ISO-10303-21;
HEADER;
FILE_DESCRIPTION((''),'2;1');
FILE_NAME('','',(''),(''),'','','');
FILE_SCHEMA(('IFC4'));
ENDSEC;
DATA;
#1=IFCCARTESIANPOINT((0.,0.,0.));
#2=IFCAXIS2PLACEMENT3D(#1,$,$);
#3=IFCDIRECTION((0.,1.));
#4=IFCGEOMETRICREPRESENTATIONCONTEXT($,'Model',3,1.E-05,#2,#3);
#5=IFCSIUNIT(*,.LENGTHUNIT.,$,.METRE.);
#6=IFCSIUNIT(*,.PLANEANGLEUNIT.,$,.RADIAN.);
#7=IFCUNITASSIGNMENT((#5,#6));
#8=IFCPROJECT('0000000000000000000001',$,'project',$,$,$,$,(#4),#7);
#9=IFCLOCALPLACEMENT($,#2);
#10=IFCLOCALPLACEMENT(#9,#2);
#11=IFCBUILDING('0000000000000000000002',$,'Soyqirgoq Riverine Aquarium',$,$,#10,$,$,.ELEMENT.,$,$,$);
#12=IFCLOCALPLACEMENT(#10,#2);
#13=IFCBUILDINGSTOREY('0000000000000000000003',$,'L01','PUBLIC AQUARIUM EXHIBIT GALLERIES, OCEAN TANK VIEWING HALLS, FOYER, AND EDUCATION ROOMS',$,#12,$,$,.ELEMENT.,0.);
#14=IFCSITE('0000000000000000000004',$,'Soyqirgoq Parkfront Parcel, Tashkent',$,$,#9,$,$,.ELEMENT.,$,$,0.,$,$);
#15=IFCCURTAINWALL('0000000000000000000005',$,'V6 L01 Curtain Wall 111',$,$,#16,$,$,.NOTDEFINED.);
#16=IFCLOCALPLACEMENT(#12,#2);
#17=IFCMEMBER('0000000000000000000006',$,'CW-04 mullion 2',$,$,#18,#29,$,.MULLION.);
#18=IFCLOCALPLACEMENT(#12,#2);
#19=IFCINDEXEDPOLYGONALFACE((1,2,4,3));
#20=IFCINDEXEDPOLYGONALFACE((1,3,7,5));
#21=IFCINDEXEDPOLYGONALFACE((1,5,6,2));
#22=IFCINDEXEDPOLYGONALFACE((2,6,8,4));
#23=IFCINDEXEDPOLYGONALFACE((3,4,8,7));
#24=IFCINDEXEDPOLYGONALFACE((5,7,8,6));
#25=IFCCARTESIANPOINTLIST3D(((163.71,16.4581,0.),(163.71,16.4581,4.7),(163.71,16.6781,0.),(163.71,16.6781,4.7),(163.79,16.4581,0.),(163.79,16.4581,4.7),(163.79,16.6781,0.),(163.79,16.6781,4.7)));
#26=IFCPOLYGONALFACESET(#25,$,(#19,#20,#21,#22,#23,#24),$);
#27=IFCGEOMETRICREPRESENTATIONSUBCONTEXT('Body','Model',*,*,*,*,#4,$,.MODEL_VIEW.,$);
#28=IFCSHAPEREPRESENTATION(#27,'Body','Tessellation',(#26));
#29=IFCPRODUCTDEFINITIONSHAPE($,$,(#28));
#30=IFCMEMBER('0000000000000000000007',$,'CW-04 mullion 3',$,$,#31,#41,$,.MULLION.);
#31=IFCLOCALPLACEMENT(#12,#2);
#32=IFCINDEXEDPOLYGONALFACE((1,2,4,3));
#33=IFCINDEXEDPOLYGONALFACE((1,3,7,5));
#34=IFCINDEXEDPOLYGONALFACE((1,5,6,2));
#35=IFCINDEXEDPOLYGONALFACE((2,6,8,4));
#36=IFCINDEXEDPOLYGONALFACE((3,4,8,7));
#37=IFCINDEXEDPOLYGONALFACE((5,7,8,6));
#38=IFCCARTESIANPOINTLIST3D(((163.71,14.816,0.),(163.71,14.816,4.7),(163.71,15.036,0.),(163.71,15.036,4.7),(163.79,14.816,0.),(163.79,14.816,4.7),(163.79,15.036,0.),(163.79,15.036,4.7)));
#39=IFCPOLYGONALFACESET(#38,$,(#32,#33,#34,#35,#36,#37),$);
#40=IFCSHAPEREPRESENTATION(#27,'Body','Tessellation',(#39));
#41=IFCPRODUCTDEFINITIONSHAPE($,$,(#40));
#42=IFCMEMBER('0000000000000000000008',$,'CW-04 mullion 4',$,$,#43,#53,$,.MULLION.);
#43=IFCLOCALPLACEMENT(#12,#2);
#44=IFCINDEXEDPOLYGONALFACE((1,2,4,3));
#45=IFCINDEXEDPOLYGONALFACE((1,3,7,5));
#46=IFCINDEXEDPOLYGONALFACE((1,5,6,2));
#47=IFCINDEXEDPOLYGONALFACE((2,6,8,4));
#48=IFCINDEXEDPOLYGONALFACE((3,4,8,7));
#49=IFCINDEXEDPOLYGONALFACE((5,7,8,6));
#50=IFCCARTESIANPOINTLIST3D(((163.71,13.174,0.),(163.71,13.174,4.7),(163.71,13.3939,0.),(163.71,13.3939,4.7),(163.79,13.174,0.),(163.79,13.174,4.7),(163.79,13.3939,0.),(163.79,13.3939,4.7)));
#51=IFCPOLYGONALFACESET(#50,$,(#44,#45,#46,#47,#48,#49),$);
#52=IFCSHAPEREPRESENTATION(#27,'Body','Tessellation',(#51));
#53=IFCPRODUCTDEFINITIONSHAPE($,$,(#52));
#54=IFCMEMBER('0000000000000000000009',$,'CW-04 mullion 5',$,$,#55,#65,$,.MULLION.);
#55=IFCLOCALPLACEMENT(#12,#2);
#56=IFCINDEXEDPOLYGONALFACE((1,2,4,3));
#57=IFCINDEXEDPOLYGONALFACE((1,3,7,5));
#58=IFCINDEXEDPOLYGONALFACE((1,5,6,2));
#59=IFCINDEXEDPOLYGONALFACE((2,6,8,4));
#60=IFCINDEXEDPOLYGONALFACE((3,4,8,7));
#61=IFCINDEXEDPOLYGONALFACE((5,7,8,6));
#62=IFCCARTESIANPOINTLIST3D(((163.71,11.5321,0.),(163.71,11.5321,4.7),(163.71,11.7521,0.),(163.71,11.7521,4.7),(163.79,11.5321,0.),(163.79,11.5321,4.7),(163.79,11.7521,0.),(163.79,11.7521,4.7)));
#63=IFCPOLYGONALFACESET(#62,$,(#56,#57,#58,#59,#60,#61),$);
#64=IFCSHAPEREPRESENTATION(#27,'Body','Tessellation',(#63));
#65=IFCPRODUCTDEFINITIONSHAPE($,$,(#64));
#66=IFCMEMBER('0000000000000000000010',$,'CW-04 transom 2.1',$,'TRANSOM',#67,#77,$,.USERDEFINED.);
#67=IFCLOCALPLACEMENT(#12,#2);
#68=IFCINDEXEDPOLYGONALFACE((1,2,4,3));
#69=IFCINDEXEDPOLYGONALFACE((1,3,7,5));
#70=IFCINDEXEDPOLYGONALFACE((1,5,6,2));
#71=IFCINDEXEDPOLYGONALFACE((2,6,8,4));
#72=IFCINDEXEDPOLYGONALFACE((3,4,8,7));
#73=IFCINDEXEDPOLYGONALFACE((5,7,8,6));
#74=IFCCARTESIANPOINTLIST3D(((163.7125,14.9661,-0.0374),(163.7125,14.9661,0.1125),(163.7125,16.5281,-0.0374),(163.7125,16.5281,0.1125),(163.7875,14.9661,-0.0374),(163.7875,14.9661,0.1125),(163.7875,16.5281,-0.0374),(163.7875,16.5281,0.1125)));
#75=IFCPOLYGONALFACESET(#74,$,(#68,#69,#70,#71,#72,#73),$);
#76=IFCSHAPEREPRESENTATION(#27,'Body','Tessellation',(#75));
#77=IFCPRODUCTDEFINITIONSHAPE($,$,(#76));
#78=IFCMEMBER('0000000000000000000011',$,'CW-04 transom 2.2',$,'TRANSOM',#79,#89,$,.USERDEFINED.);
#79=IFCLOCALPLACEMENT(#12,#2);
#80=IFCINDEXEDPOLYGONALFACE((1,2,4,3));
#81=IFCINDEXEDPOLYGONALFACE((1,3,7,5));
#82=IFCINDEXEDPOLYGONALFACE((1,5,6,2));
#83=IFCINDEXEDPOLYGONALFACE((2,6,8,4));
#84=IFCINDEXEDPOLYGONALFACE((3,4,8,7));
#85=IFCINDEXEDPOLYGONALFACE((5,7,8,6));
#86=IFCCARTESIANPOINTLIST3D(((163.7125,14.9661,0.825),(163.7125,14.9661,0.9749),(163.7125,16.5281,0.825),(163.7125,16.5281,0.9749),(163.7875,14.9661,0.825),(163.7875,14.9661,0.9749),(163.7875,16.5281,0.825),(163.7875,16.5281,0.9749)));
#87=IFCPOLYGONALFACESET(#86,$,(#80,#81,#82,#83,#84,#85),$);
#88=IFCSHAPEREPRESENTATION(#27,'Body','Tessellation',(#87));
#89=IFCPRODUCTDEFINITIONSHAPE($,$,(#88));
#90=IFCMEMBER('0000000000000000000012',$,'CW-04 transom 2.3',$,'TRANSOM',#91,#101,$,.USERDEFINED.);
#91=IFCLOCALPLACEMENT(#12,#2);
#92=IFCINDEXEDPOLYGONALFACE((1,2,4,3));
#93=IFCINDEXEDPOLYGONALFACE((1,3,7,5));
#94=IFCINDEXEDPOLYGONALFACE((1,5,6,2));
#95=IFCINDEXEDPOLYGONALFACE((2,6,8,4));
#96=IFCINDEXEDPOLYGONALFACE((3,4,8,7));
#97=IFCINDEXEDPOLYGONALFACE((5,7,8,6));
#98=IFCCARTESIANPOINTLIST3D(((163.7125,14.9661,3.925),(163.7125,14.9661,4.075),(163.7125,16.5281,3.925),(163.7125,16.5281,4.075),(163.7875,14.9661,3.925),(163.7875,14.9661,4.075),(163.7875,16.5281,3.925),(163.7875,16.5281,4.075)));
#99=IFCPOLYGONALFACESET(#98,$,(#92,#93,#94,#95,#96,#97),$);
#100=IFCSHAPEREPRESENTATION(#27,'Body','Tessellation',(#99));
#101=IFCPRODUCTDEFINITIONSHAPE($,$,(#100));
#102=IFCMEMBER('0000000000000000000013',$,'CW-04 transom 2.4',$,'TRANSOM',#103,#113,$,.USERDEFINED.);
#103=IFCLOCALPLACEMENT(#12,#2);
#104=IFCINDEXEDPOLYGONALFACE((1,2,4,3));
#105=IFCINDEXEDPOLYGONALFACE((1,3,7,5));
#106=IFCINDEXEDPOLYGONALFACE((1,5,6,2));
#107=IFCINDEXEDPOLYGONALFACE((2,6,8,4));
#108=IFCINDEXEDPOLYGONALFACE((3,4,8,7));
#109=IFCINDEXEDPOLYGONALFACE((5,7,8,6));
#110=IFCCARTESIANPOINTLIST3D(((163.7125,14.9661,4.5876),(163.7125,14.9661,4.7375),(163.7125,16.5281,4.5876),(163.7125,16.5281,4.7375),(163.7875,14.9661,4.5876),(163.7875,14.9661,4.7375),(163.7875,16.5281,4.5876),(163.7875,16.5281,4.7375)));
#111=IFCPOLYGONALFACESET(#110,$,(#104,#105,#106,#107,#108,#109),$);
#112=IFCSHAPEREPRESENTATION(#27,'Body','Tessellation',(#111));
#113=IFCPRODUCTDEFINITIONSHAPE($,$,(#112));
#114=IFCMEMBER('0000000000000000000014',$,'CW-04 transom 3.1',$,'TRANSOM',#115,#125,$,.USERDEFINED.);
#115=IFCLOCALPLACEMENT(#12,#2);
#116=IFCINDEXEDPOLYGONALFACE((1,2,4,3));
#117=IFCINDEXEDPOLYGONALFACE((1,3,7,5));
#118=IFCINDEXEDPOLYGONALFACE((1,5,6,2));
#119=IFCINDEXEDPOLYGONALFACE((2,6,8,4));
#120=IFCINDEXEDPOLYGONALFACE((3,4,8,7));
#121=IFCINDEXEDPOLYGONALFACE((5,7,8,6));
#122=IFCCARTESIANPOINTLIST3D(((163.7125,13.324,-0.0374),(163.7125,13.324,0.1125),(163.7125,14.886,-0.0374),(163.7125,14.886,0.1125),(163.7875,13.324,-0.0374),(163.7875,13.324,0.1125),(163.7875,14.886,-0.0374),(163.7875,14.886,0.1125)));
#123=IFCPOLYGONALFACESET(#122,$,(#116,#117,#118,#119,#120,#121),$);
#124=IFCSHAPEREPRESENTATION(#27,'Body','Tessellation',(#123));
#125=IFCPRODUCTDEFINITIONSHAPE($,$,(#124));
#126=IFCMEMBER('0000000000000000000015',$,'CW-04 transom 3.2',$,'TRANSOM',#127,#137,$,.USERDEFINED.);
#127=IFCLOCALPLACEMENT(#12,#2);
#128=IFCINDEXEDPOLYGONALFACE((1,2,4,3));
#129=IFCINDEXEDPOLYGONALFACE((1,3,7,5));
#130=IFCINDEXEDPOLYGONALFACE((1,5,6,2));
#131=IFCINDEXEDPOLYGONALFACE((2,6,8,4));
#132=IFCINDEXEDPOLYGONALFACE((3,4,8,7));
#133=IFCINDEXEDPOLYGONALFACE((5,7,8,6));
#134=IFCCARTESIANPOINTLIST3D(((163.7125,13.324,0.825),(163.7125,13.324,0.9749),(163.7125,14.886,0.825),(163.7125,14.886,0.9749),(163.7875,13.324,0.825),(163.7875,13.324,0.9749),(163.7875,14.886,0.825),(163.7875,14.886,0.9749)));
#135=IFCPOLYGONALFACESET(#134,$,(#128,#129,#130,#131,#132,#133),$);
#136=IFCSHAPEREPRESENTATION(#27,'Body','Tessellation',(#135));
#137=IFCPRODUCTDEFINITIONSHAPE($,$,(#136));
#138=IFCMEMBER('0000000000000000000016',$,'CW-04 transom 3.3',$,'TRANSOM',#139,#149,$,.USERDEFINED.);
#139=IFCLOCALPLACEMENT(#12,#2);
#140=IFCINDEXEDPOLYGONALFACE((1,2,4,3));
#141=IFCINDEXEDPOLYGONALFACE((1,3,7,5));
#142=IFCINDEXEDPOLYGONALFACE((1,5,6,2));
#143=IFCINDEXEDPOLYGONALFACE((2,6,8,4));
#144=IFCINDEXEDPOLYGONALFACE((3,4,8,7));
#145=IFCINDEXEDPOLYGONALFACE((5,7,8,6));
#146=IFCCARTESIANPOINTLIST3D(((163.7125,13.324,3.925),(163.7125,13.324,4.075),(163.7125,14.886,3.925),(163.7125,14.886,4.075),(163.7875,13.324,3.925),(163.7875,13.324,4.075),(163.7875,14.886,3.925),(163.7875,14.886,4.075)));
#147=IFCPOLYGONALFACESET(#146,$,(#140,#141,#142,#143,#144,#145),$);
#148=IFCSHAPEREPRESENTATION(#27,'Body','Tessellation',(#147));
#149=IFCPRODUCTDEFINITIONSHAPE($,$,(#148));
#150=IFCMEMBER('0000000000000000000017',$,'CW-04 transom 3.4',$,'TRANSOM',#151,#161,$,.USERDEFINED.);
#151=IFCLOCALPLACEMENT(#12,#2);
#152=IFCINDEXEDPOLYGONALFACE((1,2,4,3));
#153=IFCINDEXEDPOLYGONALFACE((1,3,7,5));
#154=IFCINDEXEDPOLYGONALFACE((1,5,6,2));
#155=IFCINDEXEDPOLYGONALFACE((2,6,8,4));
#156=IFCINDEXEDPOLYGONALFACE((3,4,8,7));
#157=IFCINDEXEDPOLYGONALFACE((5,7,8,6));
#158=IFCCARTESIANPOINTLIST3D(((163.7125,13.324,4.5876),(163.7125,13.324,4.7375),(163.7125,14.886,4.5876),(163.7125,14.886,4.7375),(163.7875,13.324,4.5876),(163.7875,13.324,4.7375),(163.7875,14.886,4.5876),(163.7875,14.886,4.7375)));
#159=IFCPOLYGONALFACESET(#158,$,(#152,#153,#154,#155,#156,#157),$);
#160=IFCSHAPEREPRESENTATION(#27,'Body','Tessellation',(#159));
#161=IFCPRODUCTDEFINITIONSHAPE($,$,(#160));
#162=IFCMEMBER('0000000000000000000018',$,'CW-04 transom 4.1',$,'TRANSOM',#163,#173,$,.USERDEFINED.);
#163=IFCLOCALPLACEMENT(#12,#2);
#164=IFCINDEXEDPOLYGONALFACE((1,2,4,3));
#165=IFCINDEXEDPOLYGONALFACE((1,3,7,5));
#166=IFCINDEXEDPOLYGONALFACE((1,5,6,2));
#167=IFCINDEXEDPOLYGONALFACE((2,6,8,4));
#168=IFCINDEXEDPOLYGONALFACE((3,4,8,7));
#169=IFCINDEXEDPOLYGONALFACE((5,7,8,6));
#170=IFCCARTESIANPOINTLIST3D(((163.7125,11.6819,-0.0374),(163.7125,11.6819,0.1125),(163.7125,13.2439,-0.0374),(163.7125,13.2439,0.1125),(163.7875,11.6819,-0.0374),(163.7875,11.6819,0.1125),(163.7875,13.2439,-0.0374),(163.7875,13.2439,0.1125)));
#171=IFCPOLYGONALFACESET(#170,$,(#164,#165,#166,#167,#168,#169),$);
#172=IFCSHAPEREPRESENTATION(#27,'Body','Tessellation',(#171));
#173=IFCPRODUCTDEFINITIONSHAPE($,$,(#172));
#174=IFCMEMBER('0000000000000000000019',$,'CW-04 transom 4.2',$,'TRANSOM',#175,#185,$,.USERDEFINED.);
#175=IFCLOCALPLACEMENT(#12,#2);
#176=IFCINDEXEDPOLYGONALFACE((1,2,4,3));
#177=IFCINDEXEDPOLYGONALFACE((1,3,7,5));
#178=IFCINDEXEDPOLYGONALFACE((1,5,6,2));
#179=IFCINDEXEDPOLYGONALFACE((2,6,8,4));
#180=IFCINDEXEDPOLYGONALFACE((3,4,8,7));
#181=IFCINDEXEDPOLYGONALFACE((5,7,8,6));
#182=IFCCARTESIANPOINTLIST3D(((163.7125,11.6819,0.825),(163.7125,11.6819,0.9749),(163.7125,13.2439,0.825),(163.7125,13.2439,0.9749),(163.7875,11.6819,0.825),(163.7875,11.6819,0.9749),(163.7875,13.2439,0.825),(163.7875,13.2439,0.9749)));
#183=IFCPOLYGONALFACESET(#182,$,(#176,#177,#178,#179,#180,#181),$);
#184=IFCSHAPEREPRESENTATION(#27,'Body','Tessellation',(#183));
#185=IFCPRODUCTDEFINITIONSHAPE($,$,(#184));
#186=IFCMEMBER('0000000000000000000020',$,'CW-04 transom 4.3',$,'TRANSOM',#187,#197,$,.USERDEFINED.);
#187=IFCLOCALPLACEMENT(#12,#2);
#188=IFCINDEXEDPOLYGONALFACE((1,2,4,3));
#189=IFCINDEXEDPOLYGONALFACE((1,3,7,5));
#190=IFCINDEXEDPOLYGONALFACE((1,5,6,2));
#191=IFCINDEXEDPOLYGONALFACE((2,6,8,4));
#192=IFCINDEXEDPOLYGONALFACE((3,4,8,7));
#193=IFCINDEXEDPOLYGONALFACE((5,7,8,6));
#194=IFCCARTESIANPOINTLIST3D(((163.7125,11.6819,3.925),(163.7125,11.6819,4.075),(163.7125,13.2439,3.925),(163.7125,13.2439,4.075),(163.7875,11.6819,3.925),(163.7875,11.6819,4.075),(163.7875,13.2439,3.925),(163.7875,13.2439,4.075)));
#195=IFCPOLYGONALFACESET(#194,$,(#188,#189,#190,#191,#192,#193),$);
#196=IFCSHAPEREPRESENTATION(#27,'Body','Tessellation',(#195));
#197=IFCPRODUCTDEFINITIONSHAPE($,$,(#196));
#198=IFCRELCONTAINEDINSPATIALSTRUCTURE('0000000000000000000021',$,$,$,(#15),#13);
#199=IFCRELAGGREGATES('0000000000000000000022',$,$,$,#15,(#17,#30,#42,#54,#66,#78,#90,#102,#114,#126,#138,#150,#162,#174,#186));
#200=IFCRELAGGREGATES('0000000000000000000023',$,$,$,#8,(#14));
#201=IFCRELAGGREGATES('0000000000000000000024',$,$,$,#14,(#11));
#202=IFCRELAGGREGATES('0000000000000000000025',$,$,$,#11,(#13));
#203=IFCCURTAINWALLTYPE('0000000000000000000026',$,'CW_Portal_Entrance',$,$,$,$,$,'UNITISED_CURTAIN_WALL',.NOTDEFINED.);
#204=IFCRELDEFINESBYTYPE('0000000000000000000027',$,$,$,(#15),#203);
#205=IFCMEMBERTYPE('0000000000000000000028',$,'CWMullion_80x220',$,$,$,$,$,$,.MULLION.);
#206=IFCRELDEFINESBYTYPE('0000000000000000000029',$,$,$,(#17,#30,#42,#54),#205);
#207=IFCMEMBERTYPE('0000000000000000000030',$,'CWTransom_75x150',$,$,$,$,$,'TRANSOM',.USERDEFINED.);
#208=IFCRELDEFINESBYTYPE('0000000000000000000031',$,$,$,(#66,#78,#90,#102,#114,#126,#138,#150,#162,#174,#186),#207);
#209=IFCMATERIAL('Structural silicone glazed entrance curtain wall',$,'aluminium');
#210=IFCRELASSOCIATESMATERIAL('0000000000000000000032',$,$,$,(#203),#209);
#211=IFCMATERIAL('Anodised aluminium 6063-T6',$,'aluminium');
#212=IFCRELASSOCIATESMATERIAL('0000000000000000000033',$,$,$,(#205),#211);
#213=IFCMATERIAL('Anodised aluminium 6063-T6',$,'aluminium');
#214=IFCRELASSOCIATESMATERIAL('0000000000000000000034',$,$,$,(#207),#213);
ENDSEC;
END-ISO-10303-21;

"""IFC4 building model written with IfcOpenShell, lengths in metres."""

from ifc_helpers import new_model, si_unit, direction, frame, origin, origin_2d, place, context, subcontext, project, spatial, rectangle, extrude, material, material_profile, profile_set, type_object, element, aggregate, save


model = new_model("IFC4")

# Units and contexts
model_context = context("Model", 3, precision=1e-05, world=origin(), true_north=direction((0.0, 1.0)))
body_context = subcontext(model_context, "Body", "Model", "MODEL_VIEW")
ifc_project = project(units=[si_unit("LENGTHUNIT", "METRE"), si_unit("PLANEANGLEUNIT", "RADIAN")], contexts=[model_context])

# Site, building, storey
site_placement = place(None, origin())
site = spatial("IfcSite", under=ifc_project, at=site_placement, Name="Soyqirgoq Parkfront Parcel, Tashkent", CompositionType="ELEMENT", RefElevation=0.0)
building_placement = place(site_placement, origin())
building = spatial("IfcBuilding", under=site, at=building_placement, Name="Soyqirgoq Riverine Aquarium", CompositionType="ELEMENT")
storey_placement = place(building_placement, origin())
storey = spatial("IfcBuildingStorey", under=building, at=storey_placement, Name="L01", Description="PUBLIC AQUARIUM EXHIBIT GALLERIES, OCEAN TANK VIEWING HALLS, FOYER, AND EDUCATION ROOMS", CompositionType="ELEMENT", Elevation=0.0)

# Curtain wall, members
ifc_material_1 = material(Name="Structural silicone glazed entrance curtain wall", Category="aluminium")
curtain_wall_type = type_object("IfcCurtainWallType", Name="CW_Portal_Entrance", ElementType="UNITISED_CURTAIN_WALL", PredefinedType="NOTDEFINED", material=ifc_material_1)
curtain_wall_placement = place(storey_placement, origin())
curtain_wall = element("IfcCurtainWall", 1, at=curtain_wall_placement, inside=storey, type_object=curtain_wall_type, Name="V6 L01 Curtain Wall 111", PredefinedType="NOTDEFINED")
ifc_material_2 = material(Name="Anodised aluminium 6063-T6", Category="aluminium")
ifc_material_profile_1 = material_profile(ifc_material_2, rectangle(XDim=0.0801, YDim=0.22, at=origin_2d()), Name="ALU-M 80x220")
ifc_profile_set_1 = profile_set([ifc_material_profile_1], Name="Anodised aluminium 6063-T6")
member_type_1 = type_object("IfcMemberType", Name="CWMullion_80x220", PredefinedType="MULLION", material=ifc_profile_set_1)
member_1_placement = place(storey_placement, frame((163.75, 16.5681, 0.0), z_axis=(0.0, 0.0, 1.0), x_axis=(1.0, 0.0, 0.0)))
member_1 = element("IfcMember", 2, at=member_1_placement, type_object=member_type_1, Name="CW-04 mullion 2", PredefinedType="MULLION", context=body_context, shape_type="SweptSolid", body=[
    extrude(rectangle(XDim=0.0801, YDim=0.22, at=origin_2d()), origin(), (0.0, 0.0, 1.0), 4.7),
])
member_2_placement = place(storey_placement, frame((163.75, 14.926, 0.0), z_axis=(0.0, 0.0, 1.0), x_axis=(1.0, 0.0, 0.0)))
member_2 = element("IfcMember", 3, at=member_2_placement, type_object=member_type_1, Name="CW-04 mullion 3", PredefinedType="MULLION", context=body_context, shape_type="SweptSolid", body=[
    extrude(rectangle(XDim=0.0801, YDim=0.22, at=origin_2d()), origin(), (0.0, 0.0, 1.0), 4.7),
])
member_3_placement = place(storey_placement, frame((163.75, 13.2839, 0.0), z_axis=(0.0, 0.0, 1.0), x_axis=(1.0, 0.0, 0.0)))
member_3 = element("IfcMember", 4, at=member_3_placement, type_object=member_type_1, Name="CW-04 mullion 4", PredefinedType="MULLION", context=body_context, shape_type="SweptSolid", body=[
    extrude(rectangle(XDim=0.0801, YDim=0.22, at=origin_2d()), origin(), (0.0, 0.0, 1.0), 4.7),
])
member_4_placement = place(storey_placement, frame((163.75, 11.6421, 0.0), z_axis=(0.0, 0.0, 1.0), x_axis=(1.0, 0.0, 0.0)))
member_4 = element("IfcMember", 5, at=member_4_placement, type_object=member_type_1, Name="CW-04 mullion 5", PredefinedType="MULLION", context=body_context, shape_type="SweptSolid", body=[
    extrude(rectangle(XDim=0.0801, YDim=0.22, at=origin_2d()), origin(), (0.0, 0.0, 1.0), 4.7),
])
ifc_material_3 = material(Name="Anodised aluminium 6063-T6", Category="aluminium")
ifc_material_profile_2 = material_profile(ifc_material_3, rectangle(XDim=0.075, YDim=0.1499, at=origin_2d()), Name="ALU-T 75x150")
ifc_profile_set_2 = profile_set([ifc_material_profile_2], Name="Anodised aluminium 6063-T6")
member_type_2 = type_object("IfcMemberType", Name="CWTransom_75x150", ElementType="TRANSOM", PredefinedType="USERDEFINED", material=ifc_profile_set_2)
member_5_placement = place(storey_placement, frame((163.75, 16.5281, 0.0376), z_axis=(0.0, -1.0, 0.0), x_axis=(1.0, 0.0, 0.0)))
member_5 = element("IfcMember", 6, at=member_5_placement, type_object=member_type_2, Name="CW-04 transom 2.1", ObjectType="TRANSOM", PredefinedType="USERDEFINED", context=body_context, shape_type="SweptSolid", body=[
    extrude(rectangle(XDim=0.075, YDim=0.1499, at=origin_2d()), origin(), (0.0, 0.0, 1.0), 1.562),
])
member_6_placement = place(storey_placement, frame((163.75, 16.5281, 0.8999), z_axis=(0.0, -1.0, 0.0), x_axis=(1.0, 0.0, 0.0)))
member_6 = element("IfcMember", 7, at=member_6_placement, type_object=member_type_2, Name="CW-04 transom 2.2", ObjectType="TRANSOM", PredefinedType="USERDEFINED", context=body_context, shape_type="SweptSolid", body=[
    extrude(rectangle(XDim=0.075, YDim=0.1499, at=origin_2d()), origin(), (0.0, 0.0, 1.0), 1.562),
])
member_7_placement = place(storey_placement, frame((163.75, 16.5281, 4.0), z_axis=(0.0, -1.0, 0.0), x_axis=(1.0, 0.0, 0.0)))
member_7 = element("IfcMember", 8, at=member_7_placement, type_object=member_type_2, Name="CW-04 transom 2.3", ObjectType="TRANSOM", PredefinedType="USERDEFINED", context=body_context, shape_type="SweptSolid", body=[
    extrude(rectangle(XDim=0.075, YDim=0.1499, at=origin_2d()), origin(), (0.0, 0.0, 1.0), 1.562),
])
member_8_placement = place(storey_placement, frame((163.75, 16.5281, 4.6626), z_axis=(0.0, -1.0, 0.0), x_axis=(1.0, 0.0, 0.0)))
member_8 = element("IfcMember", 9, at=member_8_placement, type_object=member_type_2, Name="CW-04 transom 2.4", ObjectType="TRANSOM", PredefinedType="USERDEFINED", context=body_context, shape_type="SweptSolid", body=[
    extrude(rectangle(XDim=0.075, YDim=0.1499, at=origin_2d()), origin(), (0.0, 0.0, 1.0), 1.562),
])
member_9_placement = place(storey_placement, frame((163.75, 14.886, 0.0376), z_axis=(0.0, -1.0, 0.0), x_axis=(1.0, 0.0, 0.0)))
member_9 = element("IfcMember", 10, at=member_9_placement, type_object=member_type_2, Name="CW-04 transom 3.1", ObjectType="TRANSOM", PredefinedType="USERDEFINED", context=body_context, shape_type="SweptSolid", body=[
    extrude(rectangle(XDim=0.075, YDim=0.1499, at=origin_2d()), origin(), (0.0, 0.0, 1.0), 1.562),
])
member_10_placement = place(storey_placement, frame((163.75, 14.886, 0.8999), z_axis=(0.0, -1.0, 0.0), x_axis=(1.0, 0.0, 0.0)))
member_10 = element("IfcMember", 11, at=member_10_placement, type_object=member_type_2, Name="CW-04 transom 3.2", ObjectType="TRANSOM", PredefinedType="USERDEFINED", context=body_context, shape_type="SweptSolid", body=[
    extrude(rectangle(XDim=0.075, YDim=0.1499, at=origin_2d()), origin(), (0.0, 0.0, 1.0), 1.562),
])
member_11_placement = place(storey_placement, frame((163.75, 14.886, 4.0), z_axis=(0.0, -1.0, 0.0), x_axis=(1.0, 0.0, 0.0)))
member_11 = element("IfcMember", 12, at=member_11_placement, type_object=member_type_2, Name="CW-04 transom 3.3", ObjectType="TRANSOM", PredefinedType="USERDEFINED", context=body_context, shape_type="SweptSolid", body=[
    extrude(rectangle(XDim=0.075, YDim=0.1499, at=origin_2d()), origin(), (0.0, 0.0, 1.0), 1.562),
])
member_12_placement = place(storey_placement, frame((163.75, 14.886, 4.6626), z_axis=(0.0, -1.0, 0.0), x_axis=(1.0, 0.0, 0.0)))
member_12 = element("IfcMember", 13, at=member_12_placement, type_object=member_type_2, Name="CW-04 transom 3.4", ObjectType="TRANSOM", PredefinedType="USERDEFINED", context=body_context, shape_type="SweptSolid", body=[
    extrude(rectangle(XDim=0.075, YDim=0.1499, at=origin_2d()), origin(), (0.0, 0.0, 1.0), 1.562),
])
member_13_placement = place(storey_placement, frame((163.75, 13.2439, 0.0376), z_axis=(0.0, -1.0, 0.0), x_axis=(1.0, 0.0, 0.0)))
member_13 = element("IfcMember", 14, at=member_13_placement, type_object=member_type_2, Name="CW-04 transom 4.1", ObjectType="TRANSOM", PredefinedType="USERDEFINED", context=body_context, shape_type="SweptSolid", body=[
    extrude(rectangle(XDim=0.075, YDim=0.1499, at=origin_2d()), origin(), (0.0, 0.0, 1.0), 1.562),
])
member_14_placement = place(storey_placement, frame((163.75, 13.2439, 0.8999), z_axis=(0.0, -1.0, 0.0), x_axis=(1.0, 0.0, 0.0)))
member_14 = element("IfcMember", 15, at=member_14_placement, type_object=member_type_2, Name="CW-04 transom 4.2", ObjectType="TRANSOM", PredefinedType="USERDEFINED", context=body_context, shape_type="SweptSolid", body=[
    extrude(rectangle(XDim=0.075, YDim=0.1499, at=origin_2d()), origin(), (0.0, 0.0, 1.0), 1.562),
])
member_15_placement = place(storey_placement, frame((163.75, 13.2439, 4.0), z_axis=(0.0, -1.0, 0.0), x_axis=(1.0, 0.0, 0.0)))
member_15 = element("IfcMember", 16, at=member_15_placement, type_object=member_type_2, Name="CW-04 transom 4.3", ObjectType="TRANSOM", PredefinedType="USERDEFINED", context=body_context, shape_type="SweptSolid", body=[
    extrude(rectangle(XDim=0.075, YDim=0.1499, at=origin_2d()), origin(), (0.0, 0.0, 1.0), 1.562),
])
aggregate(curtain_wall, [member_1, member_2, member_3, member_4, member_5, member_6, member_7, member_8, member_9, member_10, member_11, member_12, member_13, member_14, member_15])

save(model, "model.ifc")
